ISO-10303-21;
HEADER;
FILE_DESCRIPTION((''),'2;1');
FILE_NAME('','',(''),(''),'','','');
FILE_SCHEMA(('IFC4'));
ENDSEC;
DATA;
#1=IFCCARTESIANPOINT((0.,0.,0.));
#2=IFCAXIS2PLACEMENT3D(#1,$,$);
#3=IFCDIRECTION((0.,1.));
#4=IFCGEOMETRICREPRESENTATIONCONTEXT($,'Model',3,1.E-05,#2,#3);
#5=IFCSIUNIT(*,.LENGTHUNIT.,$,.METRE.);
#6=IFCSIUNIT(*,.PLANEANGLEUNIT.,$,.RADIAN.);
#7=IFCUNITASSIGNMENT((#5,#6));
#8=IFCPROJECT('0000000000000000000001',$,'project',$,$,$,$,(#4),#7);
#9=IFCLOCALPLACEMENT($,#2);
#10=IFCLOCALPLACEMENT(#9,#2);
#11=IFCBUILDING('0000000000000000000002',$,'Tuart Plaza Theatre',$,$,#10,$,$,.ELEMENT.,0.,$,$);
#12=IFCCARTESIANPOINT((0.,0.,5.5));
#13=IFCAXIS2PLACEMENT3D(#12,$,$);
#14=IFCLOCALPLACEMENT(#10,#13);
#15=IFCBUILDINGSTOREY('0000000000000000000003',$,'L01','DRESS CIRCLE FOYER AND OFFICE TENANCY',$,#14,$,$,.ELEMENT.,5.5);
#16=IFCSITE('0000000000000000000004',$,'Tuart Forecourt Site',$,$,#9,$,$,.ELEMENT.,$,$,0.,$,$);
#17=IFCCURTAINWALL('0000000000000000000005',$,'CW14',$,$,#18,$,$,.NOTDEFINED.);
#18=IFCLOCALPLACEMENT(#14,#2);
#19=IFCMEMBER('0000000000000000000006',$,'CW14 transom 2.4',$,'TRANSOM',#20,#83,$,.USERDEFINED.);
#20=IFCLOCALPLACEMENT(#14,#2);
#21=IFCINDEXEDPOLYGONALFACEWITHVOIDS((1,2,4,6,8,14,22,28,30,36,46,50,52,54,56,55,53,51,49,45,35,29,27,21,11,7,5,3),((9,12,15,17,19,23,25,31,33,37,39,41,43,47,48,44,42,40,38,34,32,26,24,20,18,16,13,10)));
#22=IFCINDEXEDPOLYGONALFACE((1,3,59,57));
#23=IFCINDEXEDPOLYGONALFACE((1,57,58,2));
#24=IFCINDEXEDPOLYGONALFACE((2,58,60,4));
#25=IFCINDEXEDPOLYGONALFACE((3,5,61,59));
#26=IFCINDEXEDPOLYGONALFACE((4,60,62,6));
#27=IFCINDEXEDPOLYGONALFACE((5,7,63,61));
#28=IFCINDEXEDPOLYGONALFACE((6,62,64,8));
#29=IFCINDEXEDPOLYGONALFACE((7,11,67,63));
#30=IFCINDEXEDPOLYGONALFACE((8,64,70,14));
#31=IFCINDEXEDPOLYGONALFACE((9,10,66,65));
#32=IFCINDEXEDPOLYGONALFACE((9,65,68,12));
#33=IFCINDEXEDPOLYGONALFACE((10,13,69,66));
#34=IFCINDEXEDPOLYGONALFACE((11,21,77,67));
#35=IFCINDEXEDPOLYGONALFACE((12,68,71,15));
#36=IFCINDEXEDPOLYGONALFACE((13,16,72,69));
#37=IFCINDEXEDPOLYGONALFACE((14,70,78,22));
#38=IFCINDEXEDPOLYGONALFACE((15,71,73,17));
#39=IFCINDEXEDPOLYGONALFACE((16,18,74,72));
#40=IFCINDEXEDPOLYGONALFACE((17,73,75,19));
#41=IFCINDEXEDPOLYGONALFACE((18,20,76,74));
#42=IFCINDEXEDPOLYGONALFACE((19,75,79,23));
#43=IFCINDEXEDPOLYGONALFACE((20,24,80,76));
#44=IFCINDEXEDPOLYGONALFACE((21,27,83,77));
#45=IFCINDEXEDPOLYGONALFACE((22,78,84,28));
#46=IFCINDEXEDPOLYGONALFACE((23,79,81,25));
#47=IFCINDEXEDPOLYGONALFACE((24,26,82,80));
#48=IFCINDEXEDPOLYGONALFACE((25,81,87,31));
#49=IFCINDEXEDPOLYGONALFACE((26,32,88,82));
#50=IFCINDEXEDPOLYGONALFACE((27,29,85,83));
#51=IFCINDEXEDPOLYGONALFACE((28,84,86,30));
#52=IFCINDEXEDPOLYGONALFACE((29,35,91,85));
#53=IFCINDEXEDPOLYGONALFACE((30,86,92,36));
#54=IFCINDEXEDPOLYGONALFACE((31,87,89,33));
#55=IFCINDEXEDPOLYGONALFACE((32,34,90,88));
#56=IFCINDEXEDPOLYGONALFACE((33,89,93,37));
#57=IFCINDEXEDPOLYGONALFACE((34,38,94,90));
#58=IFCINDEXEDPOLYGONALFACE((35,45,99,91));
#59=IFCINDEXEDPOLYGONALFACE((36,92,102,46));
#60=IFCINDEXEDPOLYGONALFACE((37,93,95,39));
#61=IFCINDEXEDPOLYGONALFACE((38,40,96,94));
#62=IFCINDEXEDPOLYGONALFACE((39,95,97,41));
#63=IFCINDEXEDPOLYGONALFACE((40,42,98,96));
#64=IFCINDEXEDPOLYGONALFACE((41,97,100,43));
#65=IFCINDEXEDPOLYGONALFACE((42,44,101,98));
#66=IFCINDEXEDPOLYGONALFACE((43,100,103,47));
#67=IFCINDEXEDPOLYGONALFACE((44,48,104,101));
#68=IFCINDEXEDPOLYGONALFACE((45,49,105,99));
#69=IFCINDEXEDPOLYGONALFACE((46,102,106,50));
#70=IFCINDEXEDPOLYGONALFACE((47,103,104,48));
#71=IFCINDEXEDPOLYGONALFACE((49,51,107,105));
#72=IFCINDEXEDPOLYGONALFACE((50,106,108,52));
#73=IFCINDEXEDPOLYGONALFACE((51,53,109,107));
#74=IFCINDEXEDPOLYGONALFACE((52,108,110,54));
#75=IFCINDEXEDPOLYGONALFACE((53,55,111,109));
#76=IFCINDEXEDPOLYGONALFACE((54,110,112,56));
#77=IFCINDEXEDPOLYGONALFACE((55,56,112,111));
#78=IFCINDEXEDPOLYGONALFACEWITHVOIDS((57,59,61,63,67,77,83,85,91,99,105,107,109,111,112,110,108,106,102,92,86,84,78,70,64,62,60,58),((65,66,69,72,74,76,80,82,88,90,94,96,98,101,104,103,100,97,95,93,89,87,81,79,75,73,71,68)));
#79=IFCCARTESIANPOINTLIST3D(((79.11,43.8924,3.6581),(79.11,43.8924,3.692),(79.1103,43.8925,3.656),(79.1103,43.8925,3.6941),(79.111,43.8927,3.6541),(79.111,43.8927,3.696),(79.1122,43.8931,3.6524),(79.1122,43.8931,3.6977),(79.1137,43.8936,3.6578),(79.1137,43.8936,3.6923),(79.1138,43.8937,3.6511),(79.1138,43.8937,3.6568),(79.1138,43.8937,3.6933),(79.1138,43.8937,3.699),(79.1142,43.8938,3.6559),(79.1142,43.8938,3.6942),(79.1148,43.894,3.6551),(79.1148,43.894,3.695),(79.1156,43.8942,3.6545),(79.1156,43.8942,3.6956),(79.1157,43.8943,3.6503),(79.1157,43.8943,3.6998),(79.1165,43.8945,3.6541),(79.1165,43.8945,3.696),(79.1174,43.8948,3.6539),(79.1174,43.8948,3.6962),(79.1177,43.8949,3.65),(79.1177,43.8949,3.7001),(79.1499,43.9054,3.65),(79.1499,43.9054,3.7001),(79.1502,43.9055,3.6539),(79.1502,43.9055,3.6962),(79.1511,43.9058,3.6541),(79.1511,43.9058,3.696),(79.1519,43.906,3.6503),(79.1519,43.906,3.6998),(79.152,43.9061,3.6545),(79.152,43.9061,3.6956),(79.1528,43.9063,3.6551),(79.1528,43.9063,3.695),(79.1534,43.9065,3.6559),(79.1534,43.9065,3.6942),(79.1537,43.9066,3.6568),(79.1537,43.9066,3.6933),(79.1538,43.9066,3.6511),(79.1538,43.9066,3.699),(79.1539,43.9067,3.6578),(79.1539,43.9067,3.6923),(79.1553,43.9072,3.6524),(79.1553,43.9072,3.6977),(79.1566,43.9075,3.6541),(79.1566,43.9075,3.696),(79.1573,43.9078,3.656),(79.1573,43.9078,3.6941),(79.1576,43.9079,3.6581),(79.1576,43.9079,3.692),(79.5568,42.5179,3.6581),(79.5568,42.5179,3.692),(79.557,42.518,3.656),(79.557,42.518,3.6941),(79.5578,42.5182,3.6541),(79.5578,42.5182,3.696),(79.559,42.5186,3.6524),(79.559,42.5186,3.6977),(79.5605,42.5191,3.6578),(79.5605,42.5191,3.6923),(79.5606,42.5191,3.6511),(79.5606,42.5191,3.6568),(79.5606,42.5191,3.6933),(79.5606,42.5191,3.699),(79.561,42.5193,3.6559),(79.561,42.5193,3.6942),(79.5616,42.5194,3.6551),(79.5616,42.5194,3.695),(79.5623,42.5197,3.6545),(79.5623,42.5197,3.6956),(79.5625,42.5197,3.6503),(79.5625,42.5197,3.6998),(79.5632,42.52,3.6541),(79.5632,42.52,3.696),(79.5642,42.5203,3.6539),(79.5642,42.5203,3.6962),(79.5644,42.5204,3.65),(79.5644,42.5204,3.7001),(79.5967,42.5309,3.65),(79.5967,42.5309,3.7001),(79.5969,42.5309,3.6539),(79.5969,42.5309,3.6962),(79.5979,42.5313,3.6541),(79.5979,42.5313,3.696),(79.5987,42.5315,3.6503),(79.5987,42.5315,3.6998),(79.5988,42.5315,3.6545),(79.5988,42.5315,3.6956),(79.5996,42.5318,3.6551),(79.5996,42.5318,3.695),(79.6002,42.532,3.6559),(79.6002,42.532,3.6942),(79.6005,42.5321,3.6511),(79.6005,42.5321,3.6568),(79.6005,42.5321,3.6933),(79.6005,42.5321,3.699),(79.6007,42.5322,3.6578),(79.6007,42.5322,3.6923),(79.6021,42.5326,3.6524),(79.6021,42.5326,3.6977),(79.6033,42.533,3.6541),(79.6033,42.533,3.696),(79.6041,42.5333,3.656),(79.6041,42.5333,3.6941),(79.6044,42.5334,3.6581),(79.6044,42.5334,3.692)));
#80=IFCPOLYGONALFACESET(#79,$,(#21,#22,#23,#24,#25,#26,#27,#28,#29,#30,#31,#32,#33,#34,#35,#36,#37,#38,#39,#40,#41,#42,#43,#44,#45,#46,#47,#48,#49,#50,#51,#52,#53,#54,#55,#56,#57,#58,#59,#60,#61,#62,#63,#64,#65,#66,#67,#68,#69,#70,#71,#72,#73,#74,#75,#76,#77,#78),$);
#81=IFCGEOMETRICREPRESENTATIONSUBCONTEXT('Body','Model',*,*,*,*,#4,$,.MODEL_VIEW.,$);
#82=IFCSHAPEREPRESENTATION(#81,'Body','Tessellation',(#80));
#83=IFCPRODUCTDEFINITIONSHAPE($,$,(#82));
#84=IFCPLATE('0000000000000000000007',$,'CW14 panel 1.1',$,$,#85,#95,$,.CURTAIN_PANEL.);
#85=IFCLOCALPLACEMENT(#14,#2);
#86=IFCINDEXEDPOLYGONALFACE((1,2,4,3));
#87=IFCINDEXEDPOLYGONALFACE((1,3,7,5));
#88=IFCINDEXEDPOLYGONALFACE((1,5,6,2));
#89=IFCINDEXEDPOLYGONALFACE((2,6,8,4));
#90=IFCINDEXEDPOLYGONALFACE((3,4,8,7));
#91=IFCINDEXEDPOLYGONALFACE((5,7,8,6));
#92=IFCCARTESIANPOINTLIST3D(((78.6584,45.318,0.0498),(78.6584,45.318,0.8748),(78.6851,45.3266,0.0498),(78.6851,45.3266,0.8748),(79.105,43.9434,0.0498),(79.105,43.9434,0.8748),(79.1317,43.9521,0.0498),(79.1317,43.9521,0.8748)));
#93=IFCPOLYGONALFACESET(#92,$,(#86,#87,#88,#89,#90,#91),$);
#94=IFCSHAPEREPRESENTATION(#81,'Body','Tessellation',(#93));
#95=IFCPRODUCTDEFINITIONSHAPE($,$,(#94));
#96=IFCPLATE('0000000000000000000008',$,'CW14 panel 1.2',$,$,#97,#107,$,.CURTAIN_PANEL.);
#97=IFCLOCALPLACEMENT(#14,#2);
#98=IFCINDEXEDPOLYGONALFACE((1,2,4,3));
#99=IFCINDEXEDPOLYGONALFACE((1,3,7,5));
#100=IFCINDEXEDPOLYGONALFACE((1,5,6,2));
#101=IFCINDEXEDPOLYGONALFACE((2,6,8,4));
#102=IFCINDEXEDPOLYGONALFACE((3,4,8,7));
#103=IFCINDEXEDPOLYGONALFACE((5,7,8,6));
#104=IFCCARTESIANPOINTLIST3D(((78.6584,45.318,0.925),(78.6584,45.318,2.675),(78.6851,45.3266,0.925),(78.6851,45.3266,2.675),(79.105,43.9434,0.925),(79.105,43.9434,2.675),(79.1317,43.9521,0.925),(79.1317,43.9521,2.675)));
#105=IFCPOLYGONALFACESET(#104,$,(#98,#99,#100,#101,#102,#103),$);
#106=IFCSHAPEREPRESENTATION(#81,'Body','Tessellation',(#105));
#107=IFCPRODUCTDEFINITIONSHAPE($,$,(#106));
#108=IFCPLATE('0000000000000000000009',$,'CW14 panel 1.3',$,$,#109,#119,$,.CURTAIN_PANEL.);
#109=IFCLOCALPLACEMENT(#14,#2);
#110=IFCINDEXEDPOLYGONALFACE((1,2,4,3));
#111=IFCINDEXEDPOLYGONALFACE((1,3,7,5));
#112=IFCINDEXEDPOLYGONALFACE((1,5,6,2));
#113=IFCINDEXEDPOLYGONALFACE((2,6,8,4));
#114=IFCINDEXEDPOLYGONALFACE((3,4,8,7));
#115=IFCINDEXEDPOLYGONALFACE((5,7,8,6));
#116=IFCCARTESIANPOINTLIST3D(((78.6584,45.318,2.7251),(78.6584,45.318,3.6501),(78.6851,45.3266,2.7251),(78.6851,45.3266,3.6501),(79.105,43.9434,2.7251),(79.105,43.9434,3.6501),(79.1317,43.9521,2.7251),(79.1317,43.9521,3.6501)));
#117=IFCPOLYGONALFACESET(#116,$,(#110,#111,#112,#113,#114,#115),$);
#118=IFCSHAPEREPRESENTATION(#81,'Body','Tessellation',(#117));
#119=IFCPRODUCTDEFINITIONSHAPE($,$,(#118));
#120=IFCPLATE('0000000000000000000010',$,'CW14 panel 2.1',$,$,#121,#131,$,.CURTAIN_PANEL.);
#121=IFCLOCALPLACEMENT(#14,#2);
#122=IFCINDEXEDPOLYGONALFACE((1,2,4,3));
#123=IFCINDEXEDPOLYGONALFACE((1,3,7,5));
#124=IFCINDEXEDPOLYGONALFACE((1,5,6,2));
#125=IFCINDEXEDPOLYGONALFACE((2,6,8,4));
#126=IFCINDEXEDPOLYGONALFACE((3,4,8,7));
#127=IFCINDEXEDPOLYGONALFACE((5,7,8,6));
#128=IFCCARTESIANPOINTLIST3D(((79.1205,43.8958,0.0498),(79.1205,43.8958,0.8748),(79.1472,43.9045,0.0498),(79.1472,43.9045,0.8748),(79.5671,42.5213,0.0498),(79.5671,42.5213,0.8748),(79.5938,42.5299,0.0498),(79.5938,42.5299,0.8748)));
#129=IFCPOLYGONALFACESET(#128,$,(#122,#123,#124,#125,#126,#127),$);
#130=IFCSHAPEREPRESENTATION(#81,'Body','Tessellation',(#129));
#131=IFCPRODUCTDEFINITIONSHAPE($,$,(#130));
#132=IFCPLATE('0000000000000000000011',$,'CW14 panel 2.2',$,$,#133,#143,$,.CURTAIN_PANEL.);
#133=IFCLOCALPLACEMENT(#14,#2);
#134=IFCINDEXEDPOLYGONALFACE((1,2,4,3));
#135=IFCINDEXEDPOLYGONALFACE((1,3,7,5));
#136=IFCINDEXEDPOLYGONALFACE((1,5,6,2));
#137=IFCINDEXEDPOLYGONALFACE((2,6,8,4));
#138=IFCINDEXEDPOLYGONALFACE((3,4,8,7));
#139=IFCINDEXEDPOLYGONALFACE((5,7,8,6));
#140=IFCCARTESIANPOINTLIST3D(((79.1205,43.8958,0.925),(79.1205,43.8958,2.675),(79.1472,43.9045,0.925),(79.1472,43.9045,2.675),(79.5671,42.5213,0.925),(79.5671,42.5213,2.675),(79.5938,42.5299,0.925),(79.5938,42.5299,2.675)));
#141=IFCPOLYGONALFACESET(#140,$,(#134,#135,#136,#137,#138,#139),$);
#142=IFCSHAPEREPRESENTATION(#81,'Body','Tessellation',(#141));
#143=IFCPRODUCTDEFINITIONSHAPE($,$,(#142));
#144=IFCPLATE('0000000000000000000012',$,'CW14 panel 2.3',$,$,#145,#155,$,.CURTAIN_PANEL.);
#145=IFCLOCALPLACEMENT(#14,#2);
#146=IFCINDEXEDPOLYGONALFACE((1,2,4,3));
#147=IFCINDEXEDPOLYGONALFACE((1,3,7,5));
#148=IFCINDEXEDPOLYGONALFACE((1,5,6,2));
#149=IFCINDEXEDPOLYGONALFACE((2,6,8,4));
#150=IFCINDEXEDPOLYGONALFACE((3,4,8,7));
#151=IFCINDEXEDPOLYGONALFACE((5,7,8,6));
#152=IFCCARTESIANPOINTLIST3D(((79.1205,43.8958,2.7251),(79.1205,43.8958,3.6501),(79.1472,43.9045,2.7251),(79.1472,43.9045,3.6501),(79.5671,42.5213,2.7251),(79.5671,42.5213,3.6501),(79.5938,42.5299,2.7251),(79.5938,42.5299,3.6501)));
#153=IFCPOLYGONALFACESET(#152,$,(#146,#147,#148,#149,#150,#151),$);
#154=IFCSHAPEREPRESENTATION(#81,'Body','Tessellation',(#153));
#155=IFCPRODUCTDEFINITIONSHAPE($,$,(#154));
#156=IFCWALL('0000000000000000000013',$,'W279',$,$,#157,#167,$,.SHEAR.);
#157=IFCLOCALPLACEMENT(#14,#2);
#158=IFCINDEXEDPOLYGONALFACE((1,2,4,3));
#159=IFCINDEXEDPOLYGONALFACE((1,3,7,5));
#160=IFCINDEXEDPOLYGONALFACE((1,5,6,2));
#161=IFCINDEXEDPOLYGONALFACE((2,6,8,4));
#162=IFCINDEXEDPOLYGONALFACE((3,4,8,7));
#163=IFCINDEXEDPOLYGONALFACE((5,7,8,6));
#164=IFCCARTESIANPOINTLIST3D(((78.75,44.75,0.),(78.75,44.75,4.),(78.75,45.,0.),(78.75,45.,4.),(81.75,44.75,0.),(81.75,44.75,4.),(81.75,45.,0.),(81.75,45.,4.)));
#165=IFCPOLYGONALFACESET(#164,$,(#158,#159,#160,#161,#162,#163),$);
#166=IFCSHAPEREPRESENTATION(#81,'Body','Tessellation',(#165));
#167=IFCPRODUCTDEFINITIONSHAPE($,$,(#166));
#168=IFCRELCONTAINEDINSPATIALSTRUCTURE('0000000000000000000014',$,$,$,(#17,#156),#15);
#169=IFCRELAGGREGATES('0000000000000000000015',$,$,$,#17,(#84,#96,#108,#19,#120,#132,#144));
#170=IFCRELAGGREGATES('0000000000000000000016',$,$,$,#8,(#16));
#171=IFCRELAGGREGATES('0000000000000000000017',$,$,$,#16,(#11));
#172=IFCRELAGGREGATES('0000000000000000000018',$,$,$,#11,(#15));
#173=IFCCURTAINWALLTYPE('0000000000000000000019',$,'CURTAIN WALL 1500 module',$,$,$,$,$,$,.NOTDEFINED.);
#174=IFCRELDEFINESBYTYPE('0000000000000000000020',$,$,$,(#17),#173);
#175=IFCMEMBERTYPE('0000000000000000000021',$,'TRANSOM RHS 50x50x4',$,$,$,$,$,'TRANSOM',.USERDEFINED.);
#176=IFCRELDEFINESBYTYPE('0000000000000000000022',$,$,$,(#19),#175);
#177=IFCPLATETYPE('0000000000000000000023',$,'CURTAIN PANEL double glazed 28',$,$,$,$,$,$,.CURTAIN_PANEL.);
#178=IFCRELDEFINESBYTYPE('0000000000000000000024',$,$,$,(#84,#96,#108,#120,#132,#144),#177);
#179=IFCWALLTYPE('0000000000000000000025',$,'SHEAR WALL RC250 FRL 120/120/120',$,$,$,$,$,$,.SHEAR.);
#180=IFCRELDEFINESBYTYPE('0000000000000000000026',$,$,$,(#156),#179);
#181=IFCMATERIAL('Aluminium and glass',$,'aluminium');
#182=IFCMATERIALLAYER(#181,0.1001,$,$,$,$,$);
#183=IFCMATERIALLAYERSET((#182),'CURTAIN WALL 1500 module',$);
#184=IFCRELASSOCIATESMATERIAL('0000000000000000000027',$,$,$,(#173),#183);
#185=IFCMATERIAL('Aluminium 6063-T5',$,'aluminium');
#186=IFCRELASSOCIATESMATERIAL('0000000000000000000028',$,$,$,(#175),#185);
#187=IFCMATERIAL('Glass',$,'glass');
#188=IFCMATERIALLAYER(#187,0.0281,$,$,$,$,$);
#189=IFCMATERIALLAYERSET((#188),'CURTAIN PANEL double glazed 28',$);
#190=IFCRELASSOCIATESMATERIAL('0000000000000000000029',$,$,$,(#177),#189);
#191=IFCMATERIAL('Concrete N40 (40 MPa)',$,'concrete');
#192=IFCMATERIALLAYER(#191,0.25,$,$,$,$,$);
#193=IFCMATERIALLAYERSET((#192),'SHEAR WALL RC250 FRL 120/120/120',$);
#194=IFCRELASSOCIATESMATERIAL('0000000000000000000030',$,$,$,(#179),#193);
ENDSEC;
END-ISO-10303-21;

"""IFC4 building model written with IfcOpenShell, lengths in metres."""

from ifc_helpers import new_model, si_unit, direction, frame, frame_2d, origin, origin_2d, place, context, subcontext, project, spatial, rectangle, hollow_rectangle, extrude, material, layer, layer_set, material_profile, profile_set, type_object, element, aggregate, save


model = new_model("IFC4")

# Units and contexts
model_context = context("Model", 3, precision=1e-05, world=origin(), true_north=direction((0.0, 1.0)))
body_context = subcontext(model_context, "Body", "Model", "MODEL_VIEW")
ifc_project = project(units=[si_unit("LENGTHUNIT", "METRE"), si_unit("PLANEANGLEUNIT", "RADIAN")], contexts=[model_context])

# Site, building, storey
site_placement = place(None, origin())
site = spatial("IfcSite", under=ifc_project, at=site_placement, Name="Tuart Forecourt Site", CompositionType="ELEMENT", RefElevation=0.0)
building_placement = place(site_placement, origin())
building = spatial("IfcBuilding", under=site, at=building_placement, Name="Tuart Plaza Theatre", CompositionType="ELEMENT", ElevationOfRefHeight=0.0)
storey_placement = place(building_placement, frame((0.0, 0.0, 5.5)))
storey = spatial("IfcBuildingStorey", under=building, at=storey_placement, Name="L01", Description="DRESS CIRCLE FOYER AND OFFICE TENANCY", CompositionType="ELEMENT", Elevation=5.5)

# Curtain wall, member, plates
ifc_material_1 = material(Name="Aluminium and glass", Category="aluminium")
ifc_layer_1 = layer(ifc_material_1, 0.1001)
ifc_layer_set_1 = layer_set([ifc_layer_1], Name="CURTAIN WALL 1500 module")
curtain_wall_type = type_object("IfcCurtainWallType", Name="CURTAIN WALL 1500 module", PredefinedType="NOTDEFINED", material=ifc_layer_set_1)
curtain_wall_placement = place(storey_placement, origin())
curtain_wall = element("IfcCurtainWall", 1, at=curtain_wall_placement, inside=storey, type_object=curtain_wall_type, Name="CW14", PredefinedType="NOTDEFINED")
ifc_material_2 = material(Name="Aluminium 6063-T5", Category="aluminium")
ifc_material_profile_1 = material_profile(ifc_material_2, hollow_rectangle(XDim=0.05, YDim=0.05, WallThickness=0.0039, InnerFilletRadius=0.0039, OuterFilletRadius=0.0081, at=origin_2d()), Name="RHS 50x50x4")
ifc_profile_set_1 = profile_set([ifc_material_profile_1], Name="Aluminium 6063-T5")
member_type_1 = type_object("IfcMemberType", Name="TRANSOM RHS 50x50x4", ElementType="TRANSOM", PredefinedType="USERDEFINED", material=ifc_profile_set_1)
member_1_placement = place(storey_placement, frame((79.1338, 43.9001, 3.675), z_axis=(0.309124, -0.951022, 0.0), x_axis=(0.951022, 0.309124, 0.0)))
member_1 = element("IfcMember", 2, at=member_1_placement, type_object=member_type_1, Name="CW14 transom 2.4", ObjectType="TRANSOM", PredefinedType="USERDEFINED", context=body_context, shape_type="SweptSolid", body=[
    extrude(hollow_rectangle(XDim=0.05, YDim=0.05, WallThickness=0.0039, InnerFilletRadius=0.0039, OuterFilletRadius=0.0081, at=origin_2d()), origin(), (0.0, 0.0, 1.0), 1.4453),
])
ifc_material_3 = material(Name="Glass", Category="glass")
ifc_layer_2 = layer(ifc_material_3, 0.0281)
ifc_layer_set_2 = layer_set([ifc_layer_2], Name="CURTAIN PANEL double glazed 28")
plate_type = type_object("IfcPlateType", Name="CURTAIN PANEL double glazed 28", PredefinedType="CURTAIN_PANEL", material=ifc_layer_set_2)
plate_1_placement = place(storey_placement, frame((78.895, 44.635, 0.0498), z_axis=(0.0, 0.0, 1.0), x_axis=(0.309018, -0.951056, 0.0)))
plate_1 = element("IfcPlate", 3, at=plate_1_placement, type_object=plate_type, Name="CW14 panel 1.1", PredefinedType="CURTAIN_PANEL", context=body_context, shape_type="SweptSolid", body=[
    extrude(rectangle(XDim=1.4453, YDim=0.0281, at=origin_2d()), origin(), (0.0, 0.0, 1.0), 0.825),
])
plate_2_placement = place(storey_placement, frame((78.895, 44.635, 0.925), z_axis=(0.0, 0.0, 1.0), x_axis=(0.309018, -0.951056, 0.0)))
plate_2 = element("IfcPlate", 4, at=plate_2_placement, type_object=plate_type, Name="CW14 panel 1.2", PredefinedType="CURTAIN_PANEL", context=body_context, shape_type="SweptSolid", body=[
    extrude(rectangle(XDim=1.4453, YDim=0.0281, at=origin_2d()), origin(), (0.0, 0.0, 1.0), 1.75),
])
plate_3_placement = place(storey_placement, frame((78.895, 44.635, 2.7251), z_axis=(0.0, 0.0, 1.0), x_axis=(0.309018, -0.951056, 0.0)))
plate_3 = element("IfcPlate", 5, at=plate_3_placement, type_object=plate_type, Name="CW14 panel 1.3", PredefinedType="CURTAIN_PANEL", context=body_context, shape_type="SweptSolid", body=[
    extrude(rectangle(XDim=1.4453, YDim=0.0281, at=origin_2d()), origin(), (0.0, 0.0, 1.0), 0.925),
])
plate_4_placement = place(storey_placement, frame((79.3572, 43.2129, 0.0498), z_axis=(0.0, 0.0, 1.0), x_axis=(0.309018, -0.951056, 0.0)))
plate_4 = element("IfcPlate", 6, at=plate_4_placement, type_object=plate_type, Name="CW14 panel 2.1", PredefinedType="CURTAIN_PANEL", context=body_context, shape_type="SweptSolid", body=[
    extrude(rectangle(XDim=1.4453, YDim=0.0281, at=origin_2d()), origin(), (0.0, 0.0, 1.0), 0.825),
])
plate_5_placement = place(storey_placement, frame((79.3572, 43.2129, 0.925), z_axis=(0.0, 0.0, 1.0), x_axis=(0.309018, -0.951056, 0.0)))
plate_5 = element("IfcPlate", 7, at=plate_5_placement, type_object=plate_type, Name="CW14 panel 2.2", PredefinedType="CURTAIN_PANEL", context=body_context, shape_type="SweptSolid", body=[
    extrude(rectangle(XDim=1.4453, YDim=0.0281, at=origin_2d()), origin(), (0.0, 0.0, 1.0), 1.75),
])
plate_6_placement = place(storey_placement, frame((79.3572, 43.2129, 2.7251), z_axis=(0.0, 0.0, 1.0), x_axis=(0.309018, -0.951056, 0.0)))
plate_6 = element("IfcPlate", 8, at=plate_6_placement, type_object=plate_type, Name="CW14 panel 2.3", PredefinedType="CURTAIN_PANEL", context=body_context, shape_type="SweptSolid", body=[
    extrude(rectangle(XDim=1.4453, YDim=0.0281, at=origin_2d()), origin(), (0.0, 0.0, 1.0), 0.925),
])
aggregate(curtain_wall, [plate_1, plate_2, plate_3, member_1, plate_4, plate_5, plate_6])

# Wall
ifc_material_4 = material(Name="Concrete N40 (40 MPa)", Category="concrete")
ifc_layer_3 = layer(ifc_material_4, 0.25)
ifc_layer_set_3 = layer_set([ifc_layer_3], Name="SHEAR WALL RC250 FRL 120/120/120")
wall_type_1 = type_object("IfcWallType", Name="SHEAR WALL RC250 FRL 120/120/120", PredefinedType="SHEAR", material=ifc_layer_set_3)
wall_1_placement = place(storey_placement, frame((78.75, 44.875, 0.0), z_axis=(0.0, 0.0, 1.0), x_axis=(1.0, 0.0, 0.0)))
element("IfcWall", 9, at=wall_1_placement, inside=storey, type_object=wall_type_1, Name="W279", PredefinedType="SHEAR", context=body_context, shape_type="SweptSolid", body=[
    extrude(rectangle(XDim=3.0, YDim=0.25, at=frame_2d((1.5, 0.0))), origin(), (0.0, 0.0, 1.0), 4.0),
])

save(model, "model.ifc")
